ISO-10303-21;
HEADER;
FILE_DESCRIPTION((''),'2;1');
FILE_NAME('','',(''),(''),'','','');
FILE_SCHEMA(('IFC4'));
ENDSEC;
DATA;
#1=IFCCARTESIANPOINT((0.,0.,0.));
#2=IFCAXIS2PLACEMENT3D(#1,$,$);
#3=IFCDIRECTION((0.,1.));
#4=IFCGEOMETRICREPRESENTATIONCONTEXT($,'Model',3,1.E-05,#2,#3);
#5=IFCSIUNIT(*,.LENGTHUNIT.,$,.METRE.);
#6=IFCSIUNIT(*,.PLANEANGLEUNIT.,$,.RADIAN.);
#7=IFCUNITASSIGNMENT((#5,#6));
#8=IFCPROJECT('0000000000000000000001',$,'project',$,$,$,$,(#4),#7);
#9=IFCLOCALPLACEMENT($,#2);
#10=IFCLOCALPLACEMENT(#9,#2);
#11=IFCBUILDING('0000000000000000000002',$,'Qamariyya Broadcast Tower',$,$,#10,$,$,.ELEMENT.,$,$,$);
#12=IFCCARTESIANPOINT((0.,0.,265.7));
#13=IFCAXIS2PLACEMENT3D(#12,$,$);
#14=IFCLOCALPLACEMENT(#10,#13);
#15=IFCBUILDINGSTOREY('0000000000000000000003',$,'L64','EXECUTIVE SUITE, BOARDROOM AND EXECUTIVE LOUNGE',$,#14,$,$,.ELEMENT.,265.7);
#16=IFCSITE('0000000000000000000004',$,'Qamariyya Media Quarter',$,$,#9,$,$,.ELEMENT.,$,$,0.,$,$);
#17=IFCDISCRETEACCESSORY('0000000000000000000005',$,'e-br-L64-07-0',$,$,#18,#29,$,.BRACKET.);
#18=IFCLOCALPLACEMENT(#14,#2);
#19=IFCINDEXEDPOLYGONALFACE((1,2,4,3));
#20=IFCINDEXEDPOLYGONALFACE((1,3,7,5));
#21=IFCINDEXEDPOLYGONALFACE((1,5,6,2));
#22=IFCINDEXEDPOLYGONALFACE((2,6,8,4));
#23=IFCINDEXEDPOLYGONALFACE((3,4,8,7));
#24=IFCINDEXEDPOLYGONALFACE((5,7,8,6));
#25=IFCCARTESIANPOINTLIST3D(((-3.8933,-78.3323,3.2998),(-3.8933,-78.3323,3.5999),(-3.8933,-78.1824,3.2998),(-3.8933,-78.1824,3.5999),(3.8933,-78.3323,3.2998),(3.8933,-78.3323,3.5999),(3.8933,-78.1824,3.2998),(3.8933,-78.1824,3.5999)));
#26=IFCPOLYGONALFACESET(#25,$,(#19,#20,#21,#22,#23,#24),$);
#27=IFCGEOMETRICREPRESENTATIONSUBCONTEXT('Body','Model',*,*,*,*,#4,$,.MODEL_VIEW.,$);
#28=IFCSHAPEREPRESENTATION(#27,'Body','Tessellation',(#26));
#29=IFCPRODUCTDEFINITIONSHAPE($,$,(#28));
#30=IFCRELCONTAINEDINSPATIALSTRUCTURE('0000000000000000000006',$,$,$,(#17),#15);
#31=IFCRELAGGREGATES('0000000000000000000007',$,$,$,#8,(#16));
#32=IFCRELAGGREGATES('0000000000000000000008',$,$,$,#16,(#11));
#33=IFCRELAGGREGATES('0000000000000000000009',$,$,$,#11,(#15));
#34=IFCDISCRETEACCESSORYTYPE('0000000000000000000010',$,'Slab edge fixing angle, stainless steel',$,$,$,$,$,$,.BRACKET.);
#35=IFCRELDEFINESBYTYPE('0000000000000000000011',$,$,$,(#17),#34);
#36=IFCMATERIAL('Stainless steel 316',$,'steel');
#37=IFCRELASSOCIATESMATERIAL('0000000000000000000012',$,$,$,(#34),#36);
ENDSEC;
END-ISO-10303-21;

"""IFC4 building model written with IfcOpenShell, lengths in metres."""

from ifc_helpers import new_model, si_unit, direction, frame, origin, origin_2d, place, context, subcontext, project, spatial, rectangle, extrude, material, type_object, element, save


model = new_model("IFC4")

# Units and contexts
model_context = context("Model", 3, precision=1e-05, world=origin(), true_north=direction((0.0, 1.0)))
body_context = subcontext(model_context, "Body", "Model", "MODEL_VIEW")
ifc_project = project(units=[si_unit("LENGTHUNIT", "METRE"), si_unit("PLANEANGLEUNIT", "RADIAN")], contexts=[model_context])

# Site, building, storey
site_placement = place(None, origin())
site = spatial("IfcSite", under=ifc_project, at=site_placement, Name="Qamariyya Media Quarter", CompositionType="ELEMENT", RefElevation=0.0)
building_placement = place(site_placement, origin())
building = spatial("IfcBuilding", under=site, at=building_placement, Name="Qamariyya Broadcast Tower", CompositionType="ELEMENT")
storey_placement = place(building_placement, frame((0.0, 0.0, 265.7)))
storey = spatial("IfcBuildingStorey", under=building, at=storey_placement, Name="L64", Description="EXECUTIVE SUITE, BOARDROOM AND EXECUTIVE LOUNGE", CompositionType="ELEMENT", Elevation=265.7)

# Discrete accessory
ifc_material_1 = material(Name="Stainless steel 316", Category="steel")
discrete_accessory_type = type_object("IfcDiscreteAccessoryType", Name="Slab edge fixing angle, stainless steel", PredefinedType="BRACKET", material=ifc_material_1)
discrete_accessory_placement = place(storey_placement, frame((0.0, -78.2573, 3.2998), z_axis=(0.0, 0.0, 1.0), x_axis=(1.0, 0.0, 0.0)))
element("IfcDiscreteAccessory", 1, at=discrete_accessory_placement, inside=storey, type_object=discrete_accessory_type, Name="e-br-L64-07-0", PredefinedType="BRACKET", context=body_context, shape_type="SweptSolid", body=[
    extrude(rectangle(XDim=7.7866, YDim=0.1499, at=origin_2d()), origin(), (0.0, 0.0, 1.0), 0.3),
])

save(model, "model.ifc")
